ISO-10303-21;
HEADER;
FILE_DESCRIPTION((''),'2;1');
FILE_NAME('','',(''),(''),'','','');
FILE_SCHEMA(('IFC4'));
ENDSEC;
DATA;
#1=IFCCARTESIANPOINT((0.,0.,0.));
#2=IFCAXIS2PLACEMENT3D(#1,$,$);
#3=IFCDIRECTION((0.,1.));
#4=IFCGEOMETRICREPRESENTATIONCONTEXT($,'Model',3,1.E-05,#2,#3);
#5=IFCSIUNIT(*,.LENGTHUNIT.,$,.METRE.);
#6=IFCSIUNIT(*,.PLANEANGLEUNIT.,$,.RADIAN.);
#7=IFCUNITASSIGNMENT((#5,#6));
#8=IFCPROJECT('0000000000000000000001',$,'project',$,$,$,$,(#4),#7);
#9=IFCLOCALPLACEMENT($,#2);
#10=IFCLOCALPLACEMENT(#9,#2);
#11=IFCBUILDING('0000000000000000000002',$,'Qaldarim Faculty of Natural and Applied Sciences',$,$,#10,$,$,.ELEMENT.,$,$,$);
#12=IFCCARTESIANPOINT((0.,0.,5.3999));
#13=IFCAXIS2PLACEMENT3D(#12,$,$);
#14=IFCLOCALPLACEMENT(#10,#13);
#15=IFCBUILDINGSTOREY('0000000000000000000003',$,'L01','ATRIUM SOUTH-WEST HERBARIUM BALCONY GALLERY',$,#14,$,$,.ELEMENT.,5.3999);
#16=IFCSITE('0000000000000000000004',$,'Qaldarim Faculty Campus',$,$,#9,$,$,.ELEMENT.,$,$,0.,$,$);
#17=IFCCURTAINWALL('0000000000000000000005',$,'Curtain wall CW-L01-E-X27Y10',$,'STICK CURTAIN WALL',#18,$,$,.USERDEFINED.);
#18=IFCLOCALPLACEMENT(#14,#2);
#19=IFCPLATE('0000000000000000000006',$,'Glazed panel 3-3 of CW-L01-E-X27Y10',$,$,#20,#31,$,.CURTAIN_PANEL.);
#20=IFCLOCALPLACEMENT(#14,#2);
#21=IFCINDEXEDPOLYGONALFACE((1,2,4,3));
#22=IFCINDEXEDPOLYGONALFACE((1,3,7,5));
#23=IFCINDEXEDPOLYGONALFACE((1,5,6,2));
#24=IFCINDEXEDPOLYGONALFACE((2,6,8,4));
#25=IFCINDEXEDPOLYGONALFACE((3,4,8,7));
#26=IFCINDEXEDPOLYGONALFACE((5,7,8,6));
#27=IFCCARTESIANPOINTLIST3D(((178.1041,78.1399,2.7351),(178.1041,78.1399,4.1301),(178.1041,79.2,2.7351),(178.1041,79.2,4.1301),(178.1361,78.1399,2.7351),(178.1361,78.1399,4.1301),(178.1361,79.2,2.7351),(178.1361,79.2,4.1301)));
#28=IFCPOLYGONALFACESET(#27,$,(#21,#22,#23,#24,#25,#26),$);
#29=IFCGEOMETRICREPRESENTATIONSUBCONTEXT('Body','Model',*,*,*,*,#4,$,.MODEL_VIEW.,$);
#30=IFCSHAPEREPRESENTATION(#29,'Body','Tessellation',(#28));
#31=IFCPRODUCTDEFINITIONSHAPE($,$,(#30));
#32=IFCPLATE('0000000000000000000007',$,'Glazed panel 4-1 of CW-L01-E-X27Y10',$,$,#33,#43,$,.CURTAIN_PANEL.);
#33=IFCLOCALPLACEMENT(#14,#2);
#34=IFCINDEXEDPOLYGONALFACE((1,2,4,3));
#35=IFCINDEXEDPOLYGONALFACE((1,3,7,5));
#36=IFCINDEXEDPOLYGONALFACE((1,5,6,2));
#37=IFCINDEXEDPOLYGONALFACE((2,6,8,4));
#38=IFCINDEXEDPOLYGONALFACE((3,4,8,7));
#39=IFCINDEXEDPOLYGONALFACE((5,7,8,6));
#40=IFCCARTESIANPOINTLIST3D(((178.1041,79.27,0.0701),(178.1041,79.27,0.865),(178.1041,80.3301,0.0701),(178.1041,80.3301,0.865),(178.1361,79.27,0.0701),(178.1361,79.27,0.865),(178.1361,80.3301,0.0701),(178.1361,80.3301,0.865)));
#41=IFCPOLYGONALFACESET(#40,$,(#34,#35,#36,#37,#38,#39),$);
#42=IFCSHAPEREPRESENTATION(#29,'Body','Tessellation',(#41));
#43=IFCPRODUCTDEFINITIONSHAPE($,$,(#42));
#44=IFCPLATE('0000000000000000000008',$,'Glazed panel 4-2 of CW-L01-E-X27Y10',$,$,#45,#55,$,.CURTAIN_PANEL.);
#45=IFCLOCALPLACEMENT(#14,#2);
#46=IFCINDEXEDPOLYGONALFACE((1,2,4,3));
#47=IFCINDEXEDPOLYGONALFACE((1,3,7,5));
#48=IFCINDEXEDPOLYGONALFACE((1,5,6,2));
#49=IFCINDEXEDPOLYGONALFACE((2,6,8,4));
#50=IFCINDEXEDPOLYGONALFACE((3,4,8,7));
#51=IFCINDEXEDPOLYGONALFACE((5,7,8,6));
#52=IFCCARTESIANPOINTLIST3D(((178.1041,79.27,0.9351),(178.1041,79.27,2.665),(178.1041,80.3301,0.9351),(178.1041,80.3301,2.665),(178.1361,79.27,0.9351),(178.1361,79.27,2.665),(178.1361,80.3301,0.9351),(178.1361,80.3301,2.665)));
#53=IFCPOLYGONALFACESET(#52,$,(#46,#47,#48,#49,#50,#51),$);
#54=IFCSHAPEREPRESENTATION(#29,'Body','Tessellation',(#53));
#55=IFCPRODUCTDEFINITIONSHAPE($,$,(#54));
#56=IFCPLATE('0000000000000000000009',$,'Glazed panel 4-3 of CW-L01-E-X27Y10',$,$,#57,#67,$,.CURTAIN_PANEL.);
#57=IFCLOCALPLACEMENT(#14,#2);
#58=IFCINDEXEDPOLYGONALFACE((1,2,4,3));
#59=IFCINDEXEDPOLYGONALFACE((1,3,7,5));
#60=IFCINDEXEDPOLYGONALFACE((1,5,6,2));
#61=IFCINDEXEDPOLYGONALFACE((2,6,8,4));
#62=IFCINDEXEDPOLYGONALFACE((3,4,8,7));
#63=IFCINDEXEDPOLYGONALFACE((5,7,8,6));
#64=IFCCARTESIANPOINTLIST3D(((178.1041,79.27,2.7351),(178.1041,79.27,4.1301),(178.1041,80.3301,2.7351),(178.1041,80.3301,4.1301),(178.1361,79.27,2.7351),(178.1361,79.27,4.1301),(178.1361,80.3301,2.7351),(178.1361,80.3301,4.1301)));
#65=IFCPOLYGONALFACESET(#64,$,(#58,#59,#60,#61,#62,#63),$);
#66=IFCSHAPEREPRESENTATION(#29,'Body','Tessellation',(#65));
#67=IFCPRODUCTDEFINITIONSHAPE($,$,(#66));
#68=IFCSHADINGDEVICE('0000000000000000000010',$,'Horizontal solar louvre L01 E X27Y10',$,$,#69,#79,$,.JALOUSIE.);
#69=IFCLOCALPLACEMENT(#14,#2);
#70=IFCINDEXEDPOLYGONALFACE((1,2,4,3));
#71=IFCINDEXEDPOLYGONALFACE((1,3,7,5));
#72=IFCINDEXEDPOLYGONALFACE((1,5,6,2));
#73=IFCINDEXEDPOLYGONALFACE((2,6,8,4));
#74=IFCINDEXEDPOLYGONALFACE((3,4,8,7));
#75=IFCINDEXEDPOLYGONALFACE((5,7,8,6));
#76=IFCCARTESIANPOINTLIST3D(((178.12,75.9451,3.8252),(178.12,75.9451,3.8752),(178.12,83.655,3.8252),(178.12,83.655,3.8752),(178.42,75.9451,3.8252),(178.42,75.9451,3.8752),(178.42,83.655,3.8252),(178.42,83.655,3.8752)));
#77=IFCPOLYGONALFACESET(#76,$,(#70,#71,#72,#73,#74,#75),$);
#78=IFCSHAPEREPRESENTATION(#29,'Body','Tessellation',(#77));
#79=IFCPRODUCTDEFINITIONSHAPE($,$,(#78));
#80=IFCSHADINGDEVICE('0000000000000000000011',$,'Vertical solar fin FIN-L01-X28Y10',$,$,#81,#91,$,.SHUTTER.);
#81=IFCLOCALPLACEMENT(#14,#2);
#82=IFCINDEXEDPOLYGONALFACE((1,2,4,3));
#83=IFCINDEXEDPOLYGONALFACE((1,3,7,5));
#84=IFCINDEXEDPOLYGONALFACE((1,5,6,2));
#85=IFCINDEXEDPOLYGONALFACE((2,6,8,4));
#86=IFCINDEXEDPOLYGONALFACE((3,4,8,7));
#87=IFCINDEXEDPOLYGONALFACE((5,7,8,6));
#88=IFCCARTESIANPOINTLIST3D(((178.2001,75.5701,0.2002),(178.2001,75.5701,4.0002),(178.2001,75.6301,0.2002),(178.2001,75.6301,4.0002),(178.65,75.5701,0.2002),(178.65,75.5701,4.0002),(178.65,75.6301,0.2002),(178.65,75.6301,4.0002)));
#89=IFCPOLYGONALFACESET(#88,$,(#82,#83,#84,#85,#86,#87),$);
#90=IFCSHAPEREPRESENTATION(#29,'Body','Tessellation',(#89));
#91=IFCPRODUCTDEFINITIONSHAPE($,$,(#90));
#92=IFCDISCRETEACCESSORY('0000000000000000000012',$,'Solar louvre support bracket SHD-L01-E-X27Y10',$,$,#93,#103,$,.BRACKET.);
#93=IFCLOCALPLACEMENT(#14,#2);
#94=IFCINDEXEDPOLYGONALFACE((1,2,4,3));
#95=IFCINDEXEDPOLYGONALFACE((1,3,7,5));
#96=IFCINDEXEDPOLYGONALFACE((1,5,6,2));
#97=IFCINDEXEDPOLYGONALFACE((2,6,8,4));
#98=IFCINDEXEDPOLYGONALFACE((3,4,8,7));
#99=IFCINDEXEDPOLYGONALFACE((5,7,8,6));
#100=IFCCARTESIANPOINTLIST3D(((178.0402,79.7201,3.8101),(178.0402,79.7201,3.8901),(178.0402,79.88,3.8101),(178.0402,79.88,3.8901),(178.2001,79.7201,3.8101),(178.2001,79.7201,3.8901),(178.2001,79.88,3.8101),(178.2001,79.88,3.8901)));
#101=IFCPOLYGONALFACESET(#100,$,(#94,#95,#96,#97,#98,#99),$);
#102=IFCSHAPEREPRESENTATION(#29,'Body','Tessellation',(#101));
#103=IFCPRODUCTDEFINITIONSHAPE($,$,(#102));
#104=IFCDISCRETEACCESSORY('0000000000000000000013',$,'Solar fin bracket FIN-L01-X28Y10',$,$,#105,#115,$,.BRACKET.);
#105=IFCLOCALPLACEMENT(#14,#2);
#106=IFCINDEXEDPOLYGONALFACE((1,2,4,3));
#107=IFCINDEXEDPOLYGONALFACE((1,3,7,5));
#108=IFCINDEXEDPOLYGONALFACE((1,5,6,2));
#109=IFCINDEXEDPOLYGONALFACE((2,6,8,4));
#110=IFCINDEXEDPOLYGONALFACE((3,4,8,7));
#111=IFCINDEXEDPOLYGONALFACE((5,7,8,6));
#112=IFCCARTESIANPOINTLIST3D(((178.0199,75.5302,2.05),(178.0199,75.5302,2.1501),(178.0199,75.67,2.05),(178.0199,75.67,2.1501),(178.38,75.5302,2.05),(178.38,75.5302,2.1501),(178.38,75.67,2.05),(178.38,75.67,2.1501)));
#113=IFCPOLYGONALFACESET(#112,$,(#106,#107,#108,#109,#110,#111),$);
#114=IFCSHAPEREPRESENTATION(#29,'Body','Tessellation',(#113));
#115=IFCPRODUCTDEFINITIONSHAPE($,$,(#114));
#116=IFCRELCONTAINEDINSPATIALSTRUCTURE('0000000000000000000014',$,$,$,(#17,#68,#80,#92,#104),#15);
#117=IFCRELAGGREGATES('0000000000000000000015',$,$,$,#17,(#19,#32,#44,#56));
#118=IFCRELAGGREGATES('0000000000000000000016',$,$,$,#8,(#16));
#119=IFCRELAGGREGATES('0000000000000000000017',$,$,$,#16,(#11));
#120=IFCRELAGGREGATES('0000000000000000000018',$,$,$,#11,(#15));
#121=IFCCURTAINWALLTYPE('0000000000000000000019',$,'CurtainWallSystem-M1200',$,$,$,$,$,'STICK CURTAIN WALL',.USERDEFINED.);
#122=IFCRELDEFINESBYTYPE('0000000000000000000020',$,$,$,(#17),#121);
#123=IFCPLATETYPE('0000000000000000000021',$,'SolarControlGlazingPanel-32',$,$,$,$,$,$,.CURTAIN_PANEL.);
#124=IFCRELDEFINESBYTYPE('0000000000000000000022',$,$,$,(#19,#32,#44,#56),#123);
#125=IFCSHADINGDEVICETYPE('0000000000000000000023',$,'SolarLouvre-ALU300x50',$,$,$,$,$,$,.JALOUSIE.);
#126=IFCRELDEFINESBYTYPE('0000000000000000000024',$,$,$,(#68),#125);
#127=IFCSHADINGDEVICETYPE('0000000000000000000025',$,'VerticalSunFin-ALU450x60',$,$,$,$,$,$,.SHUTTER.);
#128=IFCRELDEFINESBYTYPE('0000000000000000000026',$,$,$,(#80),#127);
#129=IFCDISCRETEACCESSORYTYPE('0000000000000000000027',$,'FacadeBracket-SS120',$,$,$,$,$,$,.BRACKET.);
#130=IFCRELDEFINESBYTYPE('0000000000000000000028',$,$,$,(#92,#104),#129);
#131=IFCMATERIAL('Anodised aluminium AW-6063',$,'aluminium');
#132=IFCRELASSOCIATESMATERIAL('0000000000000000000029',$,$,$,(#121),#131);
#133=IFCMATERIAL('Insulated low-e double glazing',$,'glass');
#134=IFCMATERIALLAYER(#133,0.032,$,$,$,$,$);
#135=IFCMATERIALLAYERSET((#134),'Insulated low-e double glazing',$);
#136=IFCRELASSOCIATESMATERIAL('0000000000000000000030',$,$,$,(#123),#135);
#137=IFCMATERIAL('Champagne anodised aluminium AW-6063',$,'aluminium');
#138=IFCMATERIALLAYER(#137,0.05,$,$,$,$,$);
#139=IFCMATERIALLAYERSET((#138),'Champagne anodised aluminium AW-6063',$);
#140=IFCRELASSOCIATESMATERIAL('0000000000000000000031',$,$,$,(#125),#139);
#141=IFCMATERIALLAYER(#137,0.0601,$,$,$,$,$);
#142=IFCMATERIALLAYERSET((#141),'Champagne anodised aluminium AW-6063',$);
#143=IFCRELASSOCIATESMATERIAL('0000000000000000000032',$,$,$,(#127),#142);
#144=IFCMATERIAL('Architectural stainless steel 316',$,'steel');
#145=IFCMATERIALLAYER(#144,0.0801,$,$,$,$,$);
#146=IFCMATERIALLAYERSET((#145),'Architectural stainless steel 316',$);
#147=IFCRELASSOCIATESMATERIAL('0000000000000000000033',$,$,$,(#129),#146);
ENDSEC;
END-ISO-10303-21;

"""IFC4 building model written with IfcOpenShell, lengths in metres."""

from ifc_helpers import new_model, si_unit, direction, frame, origin, origin_2d, place, context, subcontext, project, spatial, rectangle, extrude, material, layer, layer_set, type_object, element, aggregate, save


model = new_model("IFC4")

# Units and contexts
model_context = context("Model", 3, precision=1e-05, world=origin(), true_north=direction((0.0, 1.0)))
body_context = subcontext(model_context, "Body", "Model", "MODEL_VIEW")
ifc_project = project(units=[si_unit("LENGTHUNIT", "METRE"), si_unit("PLANEANGLEUNIT", "RADIAN")], contexts=[model_context])

# Site, building, storey
site_placement = place(None, origin())
site = spatial("IfcSite", under=ifc_project, at=site_placement, Name="Qaldarim Faculty Campus", CompositionType="ELEMENT", RefElevation=0.0)
building_placement = place(site_placement, origin())
building = spatial("IfcBuilding", under=site, at=building_placement, Name="Qaldarim Faculty of Natural and Applied Sciences", CompositionType="ELEMENT")
storey_placement = place(building_placement, frame((0.0, 0.0, 5.3999)))
storey = spatial("IfcBuildingStorey", under=building, at=storey_placement, Name="L01", Description="ATRIUM SOUTH-WEST HERBARIUM BALCONY GALLERY", CompositionType="ELEMENT", Elevation=5.3999)

# Curtain wall, plates
ifc_material_1 = material(Name="Anodised aluminium AW-6063", Category="aluminium")
curtain_wall_type = type_object("IfcCurtainWallType", Name="CurtainWallSystem-M1200", ElementType="STICK CURTAIN WALL", PredefinedType="USERDEFINED", material=ifc_material_1)
curtain_wall_placement = place(storey_placement, origin())
curtain_wall = element("IfcCurtainWall", 1, at=curtain_wall_placement, inside=storey, type_object=curtain_wall_type, Name="Curtain wall CW-L01-E-X27Y10", ObjectType="STICK CURTAIN WALL", PredefinedType="USERDEFINED")
ifc_material_2 = material(Name="Insulated low-e double glazing", Category="glass")
ifc_layer_1 = layer(ifc_material_2, 0.032)
ifc_layer_set_1 = layer_set([ifc_layer_1], Name="Insulated low-e double glazing")
plate_type = type_object("IfcPlateType", Name="SolarControlGlazingPanel-32", PredefinedType="CURTAIN_PANEL", material=ifc_layer_set_1)
plate_1_placement = place(storey_placement, frame((178.1201, 78.6699, 2.7351), z_axis=(0.0, 0.0, 1.0), x_axis=(0.0, 1.0, 0.0)))
plate_1 = element("IfcPlate", 2, at=plate_1_placement, type_object=plate_type, Name="Glazed panel 3-3 of CW-L01-E-X27Y10", PredefinedType="CURTAIN_PANEL", context=body_context, shape_type="SweptSolid", body=[
    extrude(rectangle(XDim=1.0601, YDim=0.032, at=origin_2d()), origin(), (0.0, 0.0, 1.0), 1.395),
])
plate_2_placement = place(storey_placement, frame((178.1201, 79.8, 0.0701), z_axis=(0.0, 0.0, 1.0), x_axis=(0.0, 1.0, 0.0)))
plate_2 = element("IfcPlate", 3, at=plate_2_placement, type_object=plate_type, Name="Glazed panel 4-1 of CW-L01-E-X27Y10", PredefinedType="CURTAIN_PANEL", context=body_context, shape_type="SweptSolid", body=[
    extrude(rectangle(XDim=1.0601, YDim=0.032, at=origin_2d()), origin(), (0.0, 0.0, 1.0), 0.7949),
])
plate_3_placement = place(storey_placement, frame((178.1201, 79.8, 0.9351), z_axis=(0.0, 0.0, 1.0), x_axis=(0.0, 1.0, 0.0)))
plate_3 = element("IfcPlate", 4, at=plate_3_placement, type_object=plate_type, Name="Glazed panel 4-2 of CW-L01-E-X27Y10", PredefinedType="CURTAIN_PANEL", context=body_context, shape_type="SweptSolid", body=[
    extrude(rectangle(XDim=1.0601, YDim=0.032, at=origin_2d()), origin(), (0.0, 0.0, 1.0), 1.73),
])
plate_4_placement = place(storey_placement, frame((178.1201, 79.8, 2.7351), z_axis=(0.0, 0.0, 1.0), x_axis=(0.0, 1.0, 0.0)))
plate_4 = element("IfcPlate", 5, at=plate_4_placement, type_object=plate_type, Name="Glazed panel 4-3 of CW-L01-E-X27Y10", PredefinedType="CURTAIN_PANEL", context=body_context, shape_type="SweptSolid", body=[
    extrude(rectangle(XDim=1.0601, YDim=0.032, at=origin_2d()), origin(), (0.0, 0.0, 1.0), 1.395),
])
aggregate(curtain_wall, [plate_1, plate_2, plate_3, plate_4])

# Shading devices
ifc_material_3 = material(Name="Champagne anodised aluminium AW-6063", Category="aluminium")
ifc_layer_2 = layer(ifc_material_3, 0.05)
ifc_layer_set_2 = layer_set([ifc_layer_2], Name="Champagne anodised aluminium AW-6063")
shading_device_type_1 = type_object("IfcShadingDeviceType", Name="SolarLouvre-ALU300x50", PredefinedType="JALOUSIE", material=ifc_layer_set_2)
shading_device_1_placement = place(storey_placement, frame((178.27, 79.8, 3.8252), z_axis=(0.0, 0.0, 1.0), x_axis=(0.0, 1.0, 0.0)))
element("IfcShadingDevice", 6, at=shading_device_1_placement, inside=storey, type_object=shading_device_type_1, Name="Horizontal solar louvre L01 E X27Y10", PredefinedType="JALOUSIE", context=body_context, shape_type="SweptSolid", body=[
    extrude(rectangle(XDim=7.71, YDim=0.3, at=origin_2d()), origin(), (0.0, 0.0, 1.0), 0.05),
])
ifc_layer_3 = layer(ifc_material_3, 0.0601)
ifc_layer_set_3 = layer_set([ifc_layer_3], Name="Champagne anodised aluminium AW-6063")
shading_device_type_2 = type_object("IfcShadingDeviceType", Name="VerticalSunFin-ALU450x60", PredefinedType="SHUTTER", material=ifc_layer_set_3)
shading_device_2_placement = place(storey_placement, frame((178.425, 75.6001, 0.2002), z_axis=(0.0, 0.0, 1.0), x_axis=(1.0, 0.0, 0.0)))
element("IfcShadingDevice", 7, at=shading_device_2_placement, inside=storey, type_object=shading_device_type_2, Name="Vertical solar fin FIN-L01-X28Y10", PredefinedType="SHUTTER", context=body_context, shape_type="SweptSolid", body=[
    extrude(rectangle(XDim=0.45, YDim=0.0601, at=origin_2d()), origin(), (0.0, 0.0, 1.0), 3.8),
])

# Discrete accessories
ifc_material_4 = material(Name="Architectural stainless steel 316", Category="steel")
ifc_layer_4 = layer(ifc_material_4, 0.0801)
ifc_layer_set_4 = layer_set([ifc_layer_4], Name="Architectural stainless steel 316")
discrete_accessory_type = type_object("IfcDiscreteAccessoryType", Name="FacadeBracket-SS120", PredefinedType="BRACKET", material=ifc_layer_set_4)
discrete_accessory_1_placement = place(storey_placement, frame((178.1201, 79.8, 3.8101), z_axis=(0.0, 0.0, 1.0), x_axis=(0.0, 1.0, 0.0)))
element("IfcDiscreteAccessory", 8, at=discrete_accessory_1_placement, inside=storey, type_object=discrete_accessory_type, Name="Solar louvre support bracket SHD-L01-E-X27Y10", PredefinedType="BRACKET", context=body_context, shape_type="SweptSolid", body=[
    extrude(rectangle(XDim=0.1599, YDim=0.1599, at=origin_2d()), origin(), (0.0, 0.0, 1.0), 0.0801),
])
discrete_accessory_2_placement = place(storey_placement, frame((178.2, 75.6001, 2.05), z_axis=(0.0, 0.0, 1.0), x_axis=(1.0, 0.0, 0.0)))
element("IfcDiscreteAccessory", 9, at=discrete_accessory_2_placement, inside=storey, type_object=discrete_accessory_type, Name="Solar fin bracket FIN-L01-X28Y10", PredefinedType="BRACKET", context=body_context, shape_type="SweptSolid", body=[
    extrude(rectangle(XDim=0.3601, YDim=0.1399, at=origin_2d()), origin(), (0.0, 0.0, 1.0), 0.1001),
])

save(model, "model.ifc")
